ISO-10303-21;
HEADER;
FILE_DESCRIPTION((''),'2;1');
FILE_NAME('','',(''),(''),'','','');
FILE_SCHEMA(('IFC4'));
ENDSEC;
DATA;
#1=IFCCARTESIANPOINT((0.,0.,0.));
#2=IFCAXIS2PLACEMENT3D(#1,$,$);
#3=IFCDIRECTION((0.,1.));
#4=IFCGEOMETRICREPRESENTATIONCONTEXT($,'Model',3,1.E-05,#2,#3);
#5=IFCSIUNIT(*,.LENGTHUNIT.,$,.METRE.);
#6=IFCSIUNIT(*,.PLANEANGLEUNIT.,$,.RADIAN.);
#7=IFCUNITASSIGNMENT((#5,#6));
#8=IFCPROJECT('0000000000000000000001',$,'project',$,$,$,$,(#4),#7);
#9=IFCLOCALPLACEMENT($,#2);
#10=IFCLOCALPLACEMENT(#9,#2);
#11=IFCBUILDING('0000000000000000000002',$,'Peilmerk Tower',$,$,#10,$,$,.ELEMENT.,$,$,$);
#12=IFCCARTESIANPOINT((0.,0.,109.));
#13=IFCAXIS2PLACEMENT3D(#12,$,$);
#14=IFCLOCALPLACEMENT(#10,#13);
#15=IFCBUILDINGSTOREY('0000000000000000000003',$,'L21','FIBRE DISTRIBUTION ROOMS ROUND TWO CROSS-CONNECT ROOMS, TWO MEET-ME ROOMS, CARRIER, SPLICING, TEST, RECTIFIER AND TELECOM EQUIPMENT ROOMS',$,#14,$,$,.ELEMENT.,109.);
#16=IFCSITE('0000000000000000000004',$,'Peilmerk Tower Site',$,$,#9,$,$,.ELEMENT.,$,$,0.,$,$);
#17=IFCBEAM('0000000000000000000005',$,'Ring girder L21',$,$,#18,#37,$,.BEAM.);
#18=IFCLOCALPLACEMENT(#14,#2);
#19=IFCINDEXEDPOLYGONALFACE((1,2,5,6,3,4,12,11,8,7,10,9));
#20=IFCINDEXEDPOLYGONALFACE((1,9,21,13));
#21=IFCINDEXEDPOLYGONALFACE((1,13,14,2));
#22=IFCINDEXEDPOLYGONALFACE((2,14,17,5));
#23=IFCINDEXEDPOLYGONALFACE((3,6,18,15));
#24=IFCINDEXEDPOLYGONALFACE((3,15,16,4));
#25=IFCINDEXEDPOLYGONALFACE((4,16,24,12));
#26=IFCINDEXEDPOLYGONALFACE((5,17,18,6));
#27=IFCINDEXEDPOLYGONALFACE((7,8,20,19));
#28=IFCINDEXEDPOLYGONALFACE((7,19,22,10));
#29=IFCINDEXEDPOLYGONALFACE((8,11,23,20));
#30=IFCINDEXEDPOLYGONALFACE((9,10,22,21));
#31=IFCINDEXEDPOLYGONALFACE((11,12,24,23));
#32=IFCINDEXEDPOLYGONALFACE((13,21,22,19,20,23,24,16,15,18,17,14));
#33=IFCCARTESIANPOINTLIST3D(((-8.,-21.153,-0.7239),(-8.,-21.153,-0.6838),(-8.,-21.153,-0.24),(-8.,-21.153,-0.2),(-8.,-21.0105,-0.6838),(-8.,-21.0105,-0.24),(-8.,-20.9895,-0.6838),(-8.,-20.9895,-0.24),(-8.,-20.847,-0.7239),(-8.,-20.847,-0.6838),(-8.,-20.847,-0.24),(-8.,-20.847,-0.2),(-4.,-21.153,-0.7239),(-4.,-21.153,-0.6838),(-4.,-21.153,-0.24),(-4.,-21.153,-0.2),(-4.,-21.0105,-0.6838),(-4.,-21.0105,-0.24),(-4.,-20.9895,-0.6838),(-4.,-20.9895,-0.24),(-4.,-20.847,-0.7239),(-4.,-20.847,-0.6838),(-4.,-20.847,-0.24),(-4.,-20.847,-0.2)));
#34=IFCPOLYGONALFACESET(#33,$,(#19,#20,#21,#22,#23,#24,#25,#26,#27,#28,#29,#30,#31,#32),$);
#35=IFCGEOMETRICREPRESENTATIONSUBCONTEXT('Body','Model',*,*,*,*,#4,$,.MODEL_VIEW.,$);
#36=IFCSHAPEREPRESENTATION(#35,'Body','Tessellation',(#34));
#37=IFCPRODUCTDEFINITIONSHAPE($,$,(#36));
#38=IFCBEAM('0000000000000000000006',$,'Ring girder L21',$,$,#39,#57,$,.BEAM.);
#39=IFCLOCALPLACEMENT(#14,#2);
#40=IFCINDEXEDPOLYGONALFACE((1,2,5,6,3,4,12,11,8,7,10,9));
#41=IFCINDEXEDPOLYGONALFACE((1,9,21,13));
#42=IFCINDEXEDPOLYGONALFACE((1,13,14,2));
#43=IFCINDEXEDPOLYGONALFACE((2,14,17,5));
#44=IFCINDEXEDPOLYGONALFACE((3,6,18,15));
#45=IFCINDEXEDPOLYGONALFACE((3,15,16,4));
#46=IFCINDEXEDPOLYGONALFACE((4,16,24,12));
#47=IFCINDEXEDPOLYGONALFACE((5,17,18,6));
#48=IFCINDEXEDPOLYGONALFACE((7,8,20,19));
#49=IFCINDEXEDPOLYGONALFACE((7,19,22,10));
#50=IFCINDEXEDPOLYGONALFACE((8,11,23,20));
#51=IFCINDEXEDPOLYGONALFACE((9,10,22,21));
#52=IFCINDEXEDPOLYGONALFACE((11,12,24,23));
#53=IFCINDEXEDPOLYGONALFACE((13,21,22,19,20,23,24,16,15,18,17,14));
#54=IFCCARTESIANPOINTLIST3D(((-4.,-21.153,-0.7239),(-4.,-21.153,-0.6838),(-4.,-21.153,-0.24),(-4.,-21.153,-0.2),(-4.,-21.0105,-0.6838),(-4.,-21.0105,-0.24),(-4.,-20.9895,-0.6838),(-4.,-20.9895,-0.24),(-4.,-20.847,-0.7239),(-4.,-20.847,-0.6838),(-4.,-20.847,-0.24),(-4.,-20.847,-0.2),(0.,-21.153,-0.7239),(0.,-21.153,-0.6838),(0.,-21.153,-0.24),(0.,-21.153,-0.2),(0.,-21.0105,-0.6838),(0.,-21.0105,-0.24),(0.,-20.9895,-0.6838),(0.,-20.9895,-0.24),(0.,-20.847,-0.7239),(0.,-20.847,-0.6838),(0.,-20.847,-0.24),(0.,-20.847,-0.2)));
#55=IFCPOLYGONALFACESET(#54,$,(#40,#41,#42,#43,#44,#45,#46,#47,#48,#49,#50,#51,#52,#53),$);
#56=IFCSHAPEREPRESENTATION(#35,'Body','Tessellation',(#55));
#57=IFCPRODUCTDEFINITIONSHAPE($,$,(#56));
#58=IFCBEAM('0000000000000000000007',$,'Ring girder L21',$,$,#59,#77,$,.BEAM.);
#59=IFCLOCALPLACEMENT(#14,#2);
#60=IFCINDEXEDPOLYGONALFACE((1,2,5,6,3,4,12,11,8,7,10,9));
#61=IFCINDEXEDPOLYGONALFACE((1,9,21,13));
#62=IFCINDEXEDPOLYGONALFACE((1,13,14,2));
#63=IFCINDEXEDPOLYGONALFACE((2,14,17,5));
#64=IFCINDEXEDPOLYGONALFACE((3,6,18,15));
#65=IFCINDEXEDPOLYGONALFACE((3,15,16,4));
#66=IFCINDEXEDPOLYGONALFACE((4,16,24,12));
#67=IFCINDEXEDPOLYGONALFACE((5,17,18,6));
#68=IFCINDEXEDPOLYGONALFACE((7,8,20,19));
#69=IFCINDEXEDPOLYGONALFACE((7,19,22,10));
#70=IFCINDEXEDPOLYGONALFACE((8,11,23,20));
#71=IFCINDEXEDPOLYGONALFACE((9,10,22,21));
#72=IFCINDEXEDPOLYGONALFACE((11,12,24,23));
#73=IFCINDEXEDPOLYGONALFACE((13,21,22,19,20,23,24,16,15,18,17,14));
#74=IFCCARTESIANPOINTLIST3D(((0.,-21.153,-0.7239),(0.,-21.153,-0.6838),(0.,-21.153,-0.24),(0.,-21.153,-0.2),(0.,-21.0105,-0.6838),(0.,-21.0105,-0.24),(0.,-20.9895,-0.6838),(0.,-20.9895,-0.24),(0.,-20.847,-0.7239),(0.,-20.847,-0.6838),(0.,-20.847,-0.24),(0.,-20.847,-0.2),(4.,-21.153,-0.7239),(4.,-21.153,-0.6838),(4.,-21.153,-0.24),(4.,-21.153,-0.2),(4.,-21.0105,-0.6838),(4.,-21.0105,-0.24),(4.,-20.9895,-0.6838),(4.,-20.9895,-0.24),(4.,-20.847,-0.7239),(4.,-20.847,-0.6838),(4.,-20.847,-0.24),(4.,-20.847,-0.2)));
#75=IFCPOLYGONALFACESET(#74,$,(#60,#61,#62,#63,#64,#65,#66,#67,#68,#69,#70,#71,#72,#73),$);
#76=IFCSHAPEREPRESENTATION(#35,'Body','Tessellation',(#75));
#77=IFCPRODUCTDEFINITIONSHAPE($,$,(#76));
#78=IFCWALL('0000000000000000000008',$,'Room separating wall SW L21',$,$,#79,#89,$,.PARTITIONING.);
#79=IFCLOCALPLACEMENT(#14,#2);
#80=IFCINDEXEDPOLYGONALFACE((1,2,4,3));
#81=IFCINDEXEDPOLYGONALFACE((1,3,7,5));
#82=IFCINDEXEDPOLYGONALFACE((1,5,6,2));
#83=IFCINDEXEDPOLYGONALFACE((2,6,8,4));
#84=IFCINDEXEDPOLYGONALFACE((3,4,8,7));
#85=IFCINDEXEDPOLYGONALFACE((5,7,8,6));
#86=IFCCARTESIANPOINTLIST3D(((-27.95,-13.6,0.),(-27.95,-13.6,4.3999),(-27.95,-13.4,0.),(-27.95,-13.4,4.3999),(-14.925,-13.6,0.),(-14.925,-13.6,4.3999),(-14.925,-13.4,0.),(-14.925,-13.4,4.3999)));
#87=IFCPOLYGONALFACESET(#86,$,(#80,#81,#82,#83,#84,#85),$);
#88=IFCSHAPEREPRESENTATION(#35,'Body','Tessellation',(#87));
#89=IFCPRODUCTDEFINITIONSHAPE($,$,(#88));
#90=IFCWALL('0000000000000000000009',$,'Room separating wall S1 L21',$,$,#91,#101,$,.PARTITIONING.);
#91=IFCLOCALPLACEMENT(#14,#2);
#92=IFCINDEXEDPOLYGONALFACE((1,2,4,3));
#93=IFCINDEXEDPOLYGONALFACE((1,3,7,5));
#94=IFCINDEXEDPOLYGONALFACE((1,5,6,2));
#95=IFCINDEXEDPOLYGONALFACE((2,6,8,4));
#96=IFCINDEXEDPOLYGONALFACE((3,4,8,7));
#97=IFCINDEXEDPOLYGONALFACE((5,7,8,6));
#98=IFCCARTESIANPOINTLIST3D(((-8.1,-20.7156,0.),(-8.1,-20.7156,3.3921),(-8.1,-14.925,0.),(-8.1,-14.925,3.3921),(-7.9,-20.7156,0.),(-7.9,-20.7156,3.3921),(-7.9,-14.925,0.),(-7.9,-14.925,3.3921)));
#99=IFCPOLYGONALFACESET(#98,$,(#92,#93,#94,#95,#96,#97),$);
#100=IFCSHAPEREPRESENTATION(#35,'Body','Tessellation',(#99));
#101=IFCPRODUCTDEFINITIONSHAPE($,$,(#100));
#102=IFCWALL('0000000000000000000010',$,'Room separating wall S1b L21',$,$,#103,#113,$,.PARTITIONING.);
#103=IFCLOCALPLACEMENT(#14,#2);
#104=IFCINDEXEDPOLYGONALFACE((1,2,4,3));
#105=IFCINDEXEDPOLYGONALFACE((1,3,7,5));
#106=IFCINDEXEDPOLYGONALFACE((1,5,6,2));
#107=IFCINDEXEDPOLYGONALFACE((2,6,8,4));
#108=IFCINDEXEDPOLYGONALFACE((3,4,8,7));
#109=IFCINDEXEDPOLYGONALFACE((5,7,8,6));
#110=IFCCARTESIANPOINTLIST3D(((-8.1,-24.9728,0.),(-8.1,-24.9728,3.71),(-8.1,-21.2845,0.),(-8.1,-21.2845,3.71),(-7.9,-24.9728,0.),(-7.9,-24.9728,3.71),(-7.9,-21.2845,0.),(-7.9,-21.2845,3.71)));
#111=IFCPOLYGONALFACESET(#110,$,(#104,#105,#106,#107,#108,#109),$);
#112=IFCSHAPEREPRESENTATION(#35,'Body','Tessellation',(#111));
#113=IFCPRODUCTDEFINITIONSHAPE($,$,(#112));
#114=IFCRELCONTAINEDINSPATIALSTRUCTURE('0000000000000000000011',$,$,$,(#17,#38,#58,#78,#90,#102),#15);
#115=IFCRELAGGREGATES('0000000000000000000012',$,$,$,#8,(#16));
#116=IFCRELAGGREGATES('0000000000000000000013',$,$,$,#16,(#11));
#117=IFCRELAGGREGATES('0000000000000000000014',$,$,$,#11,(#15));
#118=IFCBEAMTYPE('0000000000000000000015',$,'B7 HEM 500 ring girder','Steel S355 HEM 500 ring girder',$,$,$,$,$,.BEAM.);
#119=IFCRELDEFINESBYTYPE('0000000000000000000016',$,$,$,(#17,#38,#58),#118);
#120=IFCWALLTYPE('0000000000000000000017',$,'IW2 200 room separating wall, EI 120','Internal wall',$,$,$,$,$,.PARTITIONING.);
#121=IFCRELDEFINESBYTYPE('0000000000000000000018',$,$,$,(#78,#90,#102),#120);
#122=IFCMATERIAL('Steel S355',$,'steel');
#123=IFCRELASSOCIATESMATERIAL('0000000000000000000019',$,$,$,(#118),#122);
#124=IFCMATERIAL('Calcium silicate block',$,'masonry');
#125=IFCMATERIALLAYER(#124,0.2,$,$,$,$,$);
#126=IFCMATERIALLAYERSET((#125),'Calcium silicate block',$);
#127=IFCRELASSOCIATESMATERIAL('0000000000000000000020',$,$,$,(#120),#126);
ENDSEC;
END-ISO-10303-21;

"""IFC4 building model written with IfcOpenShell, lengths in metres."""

from ifc_helpers import new_model, si_unit, direction, frame, frame_2d, origin, origin_2d, place, context, subcontext, project, spatial, rectangle, i_section, extrude, material, layer, layer_set, material_profile, profile_set, type_object, element, save


model = new_model("IFC4")

# Units and contexts
model_context = context("Model", 3, precision=1e-05, world=origin(), true_north=direction((0.0, 1.0)))
body_context = subcontext(model_context, "Body", "Model", "MODEL_VIEW")
ifc_project = project(units=[si_unit("LENGTHUNIT", "METRE"), si_unit("PLANEANGLEUNIT", "RADIAN")], contexts=[model_context])

# Site, building, storey
site_placement = place(None, origin())
site = spatial("IfcSite", under=ifc_project, at=site_placement, Name="Peilmerk Tower Site", CompositionType="ELEMENT", RefElevation=0.0)
building_placement = place(site_placement, origin())
building = spatial("IfcBuilding", under=site, at=building_placement, Name="Peilmerk Tower", CompositionType="ELEMENT")
storey_placement = place(building_placement, frame((0.0, 0.0, 109.0)))
storey = spatial("IfcBuildingStorey", under=building, at=storey_placement, Name="L21", Description="FIBRE DISTRIBUTION ROOMS ROUND TWO CROSS-CONNECT ROOMS, TWO MEET-ME ROOMS, CARRIER, SPLICING, TEST, RECTIFIER AND TELECOM EQUIPMENT ROOMS", CompositionType="ELEMENT", Elevation=109.0)

# Beams
ifc_material_1 = material(Name="Steel S355", Category="steel")
ifc_material_profile_1 = material_profile(ifc_material_1, i_section(OverallWidth=0.3059, OverallDepth=0.5239, WebThickness=0.021, FlangeThickness=0.04, at=origin_2d()), Name="HEM 500")
ifc_profile_set_1 = profile_set([ifc_material_profile_1], Name="Steel S355")
beam_type_1 = type_object("IfcBeamType", Name="B7 HEM 500 ring girder", Description="Steel S355 HEM 500 ring girder", PredefinedType="BEAM", material=ifc_profile_set_1)
for number, where, z_axis, x_axis, name in (
    (1, (-8.0, -21.0, -0.4619), (1.0, 0.0, 0.0), (0.0, 1.0, 0.0), "Ring girder L21"),
    (2, (-4.0, -21.0, -0.4619), (1.0, 0.0, 0.0), (0.0, 1.0, 0.0), "Ring girder L21"),
    (3, (0.0, -21.0, -0.4619), (1.0, 0.0, 0.0), (0.0, 1.0, 0.0), "Ring girder L21"),
):
    element("IfcBeam", number, at=place(storey_placement, frame(where, z_axis=z_axis, x_axis=x_axis)), inside=storey, type_object=beam_type_1, Name=name, PredefinedType="BEAM", context=body_context, shape_type="SweptSolid", body=[
        extrude(i_section(OverallWidth=0.3059, OverallDepth=0.5239, WebThickness=0.021, FlangeThickness=0.04, at=origin_2d()), origin(), (0.0, 0.0, 1.0), 4.0),
    ])

# Walls
ifc_material_2 = material(Name="Calcium silicate block", Category="masonry")
ifc_layer = layer(ifc_material_2, 0.2)
ifc_layer_set = layer_set([ifc_layer], Name="Calcium silicate block")
wall_type = type_object("IfcWallType", Name="IW2 200 room separating wall, EI 120", Description="Internal wall", PredefinedType="PARTITIONING", material=ifc_layer_set)
wall_1_placement = place(storey_placement, frame((-14.925, -13.5, 0.0), z_axis=(0.0, 0.0, 1.0), x_axis=(-1.0, 0.0, 0.0)))
element("IfcWall", 4, at=wall_1_placement, inside=storey, type_object=wall_type, Name="Room separating wall SW L21", PredefinedType="PARTITIONING", context=body_context, shape_type="SweptSolid", body=[
    extrude(rectangle(XDim=13.0249, YDim=0.2, at=frame_2d((6.5125, 0.0))), origin(), (0.0, 0.0, 1.0), 4.3999),
])
wall_2_placement = place(storey_placement, frame((-8.0, -14.925, 0.0), z_axis=(0.0, 0.0, 1.0), x_axis=(0.0, -1.0, 0.0)))
element("IfcWall", 5, at=wall_2_placement, inside=storey, type_object=wall_type, Name="Room separating wall S1 L21", PredefinedType="PARTITIONING", context=body_context, shape_type="SweptSolid", body=[
    extrude(rectangle(XDim=5.7905, YDim=0.2, at=frame_2d((2.8953, 0.0))), origin(), (0.0, 0.0, 1.0), 3.3921),
])
wall_3_placement = place(storey_placement, frame((-8.0, -21.2844, 0.0), z_axis=(0.0, 0.0, 1.0), x_axis=(0.0, -1.0, 0.0)))
element("IfcWall", 6, at=wall_3_placement, inside=storey, type_object=wall_type, Name="Room separating wall S1b L21", PredefinedType="PARTITIONING", context=body_context, shape_type="SweptSolid", body=[
    extrude(rectangle(XDim=3.6882, YDim=0.2, at=frame_2d((1.8442, 0.0))), origin(), (0.0, 0.0, 1.0), 3.71),
])

save(model, "model.ifc")
